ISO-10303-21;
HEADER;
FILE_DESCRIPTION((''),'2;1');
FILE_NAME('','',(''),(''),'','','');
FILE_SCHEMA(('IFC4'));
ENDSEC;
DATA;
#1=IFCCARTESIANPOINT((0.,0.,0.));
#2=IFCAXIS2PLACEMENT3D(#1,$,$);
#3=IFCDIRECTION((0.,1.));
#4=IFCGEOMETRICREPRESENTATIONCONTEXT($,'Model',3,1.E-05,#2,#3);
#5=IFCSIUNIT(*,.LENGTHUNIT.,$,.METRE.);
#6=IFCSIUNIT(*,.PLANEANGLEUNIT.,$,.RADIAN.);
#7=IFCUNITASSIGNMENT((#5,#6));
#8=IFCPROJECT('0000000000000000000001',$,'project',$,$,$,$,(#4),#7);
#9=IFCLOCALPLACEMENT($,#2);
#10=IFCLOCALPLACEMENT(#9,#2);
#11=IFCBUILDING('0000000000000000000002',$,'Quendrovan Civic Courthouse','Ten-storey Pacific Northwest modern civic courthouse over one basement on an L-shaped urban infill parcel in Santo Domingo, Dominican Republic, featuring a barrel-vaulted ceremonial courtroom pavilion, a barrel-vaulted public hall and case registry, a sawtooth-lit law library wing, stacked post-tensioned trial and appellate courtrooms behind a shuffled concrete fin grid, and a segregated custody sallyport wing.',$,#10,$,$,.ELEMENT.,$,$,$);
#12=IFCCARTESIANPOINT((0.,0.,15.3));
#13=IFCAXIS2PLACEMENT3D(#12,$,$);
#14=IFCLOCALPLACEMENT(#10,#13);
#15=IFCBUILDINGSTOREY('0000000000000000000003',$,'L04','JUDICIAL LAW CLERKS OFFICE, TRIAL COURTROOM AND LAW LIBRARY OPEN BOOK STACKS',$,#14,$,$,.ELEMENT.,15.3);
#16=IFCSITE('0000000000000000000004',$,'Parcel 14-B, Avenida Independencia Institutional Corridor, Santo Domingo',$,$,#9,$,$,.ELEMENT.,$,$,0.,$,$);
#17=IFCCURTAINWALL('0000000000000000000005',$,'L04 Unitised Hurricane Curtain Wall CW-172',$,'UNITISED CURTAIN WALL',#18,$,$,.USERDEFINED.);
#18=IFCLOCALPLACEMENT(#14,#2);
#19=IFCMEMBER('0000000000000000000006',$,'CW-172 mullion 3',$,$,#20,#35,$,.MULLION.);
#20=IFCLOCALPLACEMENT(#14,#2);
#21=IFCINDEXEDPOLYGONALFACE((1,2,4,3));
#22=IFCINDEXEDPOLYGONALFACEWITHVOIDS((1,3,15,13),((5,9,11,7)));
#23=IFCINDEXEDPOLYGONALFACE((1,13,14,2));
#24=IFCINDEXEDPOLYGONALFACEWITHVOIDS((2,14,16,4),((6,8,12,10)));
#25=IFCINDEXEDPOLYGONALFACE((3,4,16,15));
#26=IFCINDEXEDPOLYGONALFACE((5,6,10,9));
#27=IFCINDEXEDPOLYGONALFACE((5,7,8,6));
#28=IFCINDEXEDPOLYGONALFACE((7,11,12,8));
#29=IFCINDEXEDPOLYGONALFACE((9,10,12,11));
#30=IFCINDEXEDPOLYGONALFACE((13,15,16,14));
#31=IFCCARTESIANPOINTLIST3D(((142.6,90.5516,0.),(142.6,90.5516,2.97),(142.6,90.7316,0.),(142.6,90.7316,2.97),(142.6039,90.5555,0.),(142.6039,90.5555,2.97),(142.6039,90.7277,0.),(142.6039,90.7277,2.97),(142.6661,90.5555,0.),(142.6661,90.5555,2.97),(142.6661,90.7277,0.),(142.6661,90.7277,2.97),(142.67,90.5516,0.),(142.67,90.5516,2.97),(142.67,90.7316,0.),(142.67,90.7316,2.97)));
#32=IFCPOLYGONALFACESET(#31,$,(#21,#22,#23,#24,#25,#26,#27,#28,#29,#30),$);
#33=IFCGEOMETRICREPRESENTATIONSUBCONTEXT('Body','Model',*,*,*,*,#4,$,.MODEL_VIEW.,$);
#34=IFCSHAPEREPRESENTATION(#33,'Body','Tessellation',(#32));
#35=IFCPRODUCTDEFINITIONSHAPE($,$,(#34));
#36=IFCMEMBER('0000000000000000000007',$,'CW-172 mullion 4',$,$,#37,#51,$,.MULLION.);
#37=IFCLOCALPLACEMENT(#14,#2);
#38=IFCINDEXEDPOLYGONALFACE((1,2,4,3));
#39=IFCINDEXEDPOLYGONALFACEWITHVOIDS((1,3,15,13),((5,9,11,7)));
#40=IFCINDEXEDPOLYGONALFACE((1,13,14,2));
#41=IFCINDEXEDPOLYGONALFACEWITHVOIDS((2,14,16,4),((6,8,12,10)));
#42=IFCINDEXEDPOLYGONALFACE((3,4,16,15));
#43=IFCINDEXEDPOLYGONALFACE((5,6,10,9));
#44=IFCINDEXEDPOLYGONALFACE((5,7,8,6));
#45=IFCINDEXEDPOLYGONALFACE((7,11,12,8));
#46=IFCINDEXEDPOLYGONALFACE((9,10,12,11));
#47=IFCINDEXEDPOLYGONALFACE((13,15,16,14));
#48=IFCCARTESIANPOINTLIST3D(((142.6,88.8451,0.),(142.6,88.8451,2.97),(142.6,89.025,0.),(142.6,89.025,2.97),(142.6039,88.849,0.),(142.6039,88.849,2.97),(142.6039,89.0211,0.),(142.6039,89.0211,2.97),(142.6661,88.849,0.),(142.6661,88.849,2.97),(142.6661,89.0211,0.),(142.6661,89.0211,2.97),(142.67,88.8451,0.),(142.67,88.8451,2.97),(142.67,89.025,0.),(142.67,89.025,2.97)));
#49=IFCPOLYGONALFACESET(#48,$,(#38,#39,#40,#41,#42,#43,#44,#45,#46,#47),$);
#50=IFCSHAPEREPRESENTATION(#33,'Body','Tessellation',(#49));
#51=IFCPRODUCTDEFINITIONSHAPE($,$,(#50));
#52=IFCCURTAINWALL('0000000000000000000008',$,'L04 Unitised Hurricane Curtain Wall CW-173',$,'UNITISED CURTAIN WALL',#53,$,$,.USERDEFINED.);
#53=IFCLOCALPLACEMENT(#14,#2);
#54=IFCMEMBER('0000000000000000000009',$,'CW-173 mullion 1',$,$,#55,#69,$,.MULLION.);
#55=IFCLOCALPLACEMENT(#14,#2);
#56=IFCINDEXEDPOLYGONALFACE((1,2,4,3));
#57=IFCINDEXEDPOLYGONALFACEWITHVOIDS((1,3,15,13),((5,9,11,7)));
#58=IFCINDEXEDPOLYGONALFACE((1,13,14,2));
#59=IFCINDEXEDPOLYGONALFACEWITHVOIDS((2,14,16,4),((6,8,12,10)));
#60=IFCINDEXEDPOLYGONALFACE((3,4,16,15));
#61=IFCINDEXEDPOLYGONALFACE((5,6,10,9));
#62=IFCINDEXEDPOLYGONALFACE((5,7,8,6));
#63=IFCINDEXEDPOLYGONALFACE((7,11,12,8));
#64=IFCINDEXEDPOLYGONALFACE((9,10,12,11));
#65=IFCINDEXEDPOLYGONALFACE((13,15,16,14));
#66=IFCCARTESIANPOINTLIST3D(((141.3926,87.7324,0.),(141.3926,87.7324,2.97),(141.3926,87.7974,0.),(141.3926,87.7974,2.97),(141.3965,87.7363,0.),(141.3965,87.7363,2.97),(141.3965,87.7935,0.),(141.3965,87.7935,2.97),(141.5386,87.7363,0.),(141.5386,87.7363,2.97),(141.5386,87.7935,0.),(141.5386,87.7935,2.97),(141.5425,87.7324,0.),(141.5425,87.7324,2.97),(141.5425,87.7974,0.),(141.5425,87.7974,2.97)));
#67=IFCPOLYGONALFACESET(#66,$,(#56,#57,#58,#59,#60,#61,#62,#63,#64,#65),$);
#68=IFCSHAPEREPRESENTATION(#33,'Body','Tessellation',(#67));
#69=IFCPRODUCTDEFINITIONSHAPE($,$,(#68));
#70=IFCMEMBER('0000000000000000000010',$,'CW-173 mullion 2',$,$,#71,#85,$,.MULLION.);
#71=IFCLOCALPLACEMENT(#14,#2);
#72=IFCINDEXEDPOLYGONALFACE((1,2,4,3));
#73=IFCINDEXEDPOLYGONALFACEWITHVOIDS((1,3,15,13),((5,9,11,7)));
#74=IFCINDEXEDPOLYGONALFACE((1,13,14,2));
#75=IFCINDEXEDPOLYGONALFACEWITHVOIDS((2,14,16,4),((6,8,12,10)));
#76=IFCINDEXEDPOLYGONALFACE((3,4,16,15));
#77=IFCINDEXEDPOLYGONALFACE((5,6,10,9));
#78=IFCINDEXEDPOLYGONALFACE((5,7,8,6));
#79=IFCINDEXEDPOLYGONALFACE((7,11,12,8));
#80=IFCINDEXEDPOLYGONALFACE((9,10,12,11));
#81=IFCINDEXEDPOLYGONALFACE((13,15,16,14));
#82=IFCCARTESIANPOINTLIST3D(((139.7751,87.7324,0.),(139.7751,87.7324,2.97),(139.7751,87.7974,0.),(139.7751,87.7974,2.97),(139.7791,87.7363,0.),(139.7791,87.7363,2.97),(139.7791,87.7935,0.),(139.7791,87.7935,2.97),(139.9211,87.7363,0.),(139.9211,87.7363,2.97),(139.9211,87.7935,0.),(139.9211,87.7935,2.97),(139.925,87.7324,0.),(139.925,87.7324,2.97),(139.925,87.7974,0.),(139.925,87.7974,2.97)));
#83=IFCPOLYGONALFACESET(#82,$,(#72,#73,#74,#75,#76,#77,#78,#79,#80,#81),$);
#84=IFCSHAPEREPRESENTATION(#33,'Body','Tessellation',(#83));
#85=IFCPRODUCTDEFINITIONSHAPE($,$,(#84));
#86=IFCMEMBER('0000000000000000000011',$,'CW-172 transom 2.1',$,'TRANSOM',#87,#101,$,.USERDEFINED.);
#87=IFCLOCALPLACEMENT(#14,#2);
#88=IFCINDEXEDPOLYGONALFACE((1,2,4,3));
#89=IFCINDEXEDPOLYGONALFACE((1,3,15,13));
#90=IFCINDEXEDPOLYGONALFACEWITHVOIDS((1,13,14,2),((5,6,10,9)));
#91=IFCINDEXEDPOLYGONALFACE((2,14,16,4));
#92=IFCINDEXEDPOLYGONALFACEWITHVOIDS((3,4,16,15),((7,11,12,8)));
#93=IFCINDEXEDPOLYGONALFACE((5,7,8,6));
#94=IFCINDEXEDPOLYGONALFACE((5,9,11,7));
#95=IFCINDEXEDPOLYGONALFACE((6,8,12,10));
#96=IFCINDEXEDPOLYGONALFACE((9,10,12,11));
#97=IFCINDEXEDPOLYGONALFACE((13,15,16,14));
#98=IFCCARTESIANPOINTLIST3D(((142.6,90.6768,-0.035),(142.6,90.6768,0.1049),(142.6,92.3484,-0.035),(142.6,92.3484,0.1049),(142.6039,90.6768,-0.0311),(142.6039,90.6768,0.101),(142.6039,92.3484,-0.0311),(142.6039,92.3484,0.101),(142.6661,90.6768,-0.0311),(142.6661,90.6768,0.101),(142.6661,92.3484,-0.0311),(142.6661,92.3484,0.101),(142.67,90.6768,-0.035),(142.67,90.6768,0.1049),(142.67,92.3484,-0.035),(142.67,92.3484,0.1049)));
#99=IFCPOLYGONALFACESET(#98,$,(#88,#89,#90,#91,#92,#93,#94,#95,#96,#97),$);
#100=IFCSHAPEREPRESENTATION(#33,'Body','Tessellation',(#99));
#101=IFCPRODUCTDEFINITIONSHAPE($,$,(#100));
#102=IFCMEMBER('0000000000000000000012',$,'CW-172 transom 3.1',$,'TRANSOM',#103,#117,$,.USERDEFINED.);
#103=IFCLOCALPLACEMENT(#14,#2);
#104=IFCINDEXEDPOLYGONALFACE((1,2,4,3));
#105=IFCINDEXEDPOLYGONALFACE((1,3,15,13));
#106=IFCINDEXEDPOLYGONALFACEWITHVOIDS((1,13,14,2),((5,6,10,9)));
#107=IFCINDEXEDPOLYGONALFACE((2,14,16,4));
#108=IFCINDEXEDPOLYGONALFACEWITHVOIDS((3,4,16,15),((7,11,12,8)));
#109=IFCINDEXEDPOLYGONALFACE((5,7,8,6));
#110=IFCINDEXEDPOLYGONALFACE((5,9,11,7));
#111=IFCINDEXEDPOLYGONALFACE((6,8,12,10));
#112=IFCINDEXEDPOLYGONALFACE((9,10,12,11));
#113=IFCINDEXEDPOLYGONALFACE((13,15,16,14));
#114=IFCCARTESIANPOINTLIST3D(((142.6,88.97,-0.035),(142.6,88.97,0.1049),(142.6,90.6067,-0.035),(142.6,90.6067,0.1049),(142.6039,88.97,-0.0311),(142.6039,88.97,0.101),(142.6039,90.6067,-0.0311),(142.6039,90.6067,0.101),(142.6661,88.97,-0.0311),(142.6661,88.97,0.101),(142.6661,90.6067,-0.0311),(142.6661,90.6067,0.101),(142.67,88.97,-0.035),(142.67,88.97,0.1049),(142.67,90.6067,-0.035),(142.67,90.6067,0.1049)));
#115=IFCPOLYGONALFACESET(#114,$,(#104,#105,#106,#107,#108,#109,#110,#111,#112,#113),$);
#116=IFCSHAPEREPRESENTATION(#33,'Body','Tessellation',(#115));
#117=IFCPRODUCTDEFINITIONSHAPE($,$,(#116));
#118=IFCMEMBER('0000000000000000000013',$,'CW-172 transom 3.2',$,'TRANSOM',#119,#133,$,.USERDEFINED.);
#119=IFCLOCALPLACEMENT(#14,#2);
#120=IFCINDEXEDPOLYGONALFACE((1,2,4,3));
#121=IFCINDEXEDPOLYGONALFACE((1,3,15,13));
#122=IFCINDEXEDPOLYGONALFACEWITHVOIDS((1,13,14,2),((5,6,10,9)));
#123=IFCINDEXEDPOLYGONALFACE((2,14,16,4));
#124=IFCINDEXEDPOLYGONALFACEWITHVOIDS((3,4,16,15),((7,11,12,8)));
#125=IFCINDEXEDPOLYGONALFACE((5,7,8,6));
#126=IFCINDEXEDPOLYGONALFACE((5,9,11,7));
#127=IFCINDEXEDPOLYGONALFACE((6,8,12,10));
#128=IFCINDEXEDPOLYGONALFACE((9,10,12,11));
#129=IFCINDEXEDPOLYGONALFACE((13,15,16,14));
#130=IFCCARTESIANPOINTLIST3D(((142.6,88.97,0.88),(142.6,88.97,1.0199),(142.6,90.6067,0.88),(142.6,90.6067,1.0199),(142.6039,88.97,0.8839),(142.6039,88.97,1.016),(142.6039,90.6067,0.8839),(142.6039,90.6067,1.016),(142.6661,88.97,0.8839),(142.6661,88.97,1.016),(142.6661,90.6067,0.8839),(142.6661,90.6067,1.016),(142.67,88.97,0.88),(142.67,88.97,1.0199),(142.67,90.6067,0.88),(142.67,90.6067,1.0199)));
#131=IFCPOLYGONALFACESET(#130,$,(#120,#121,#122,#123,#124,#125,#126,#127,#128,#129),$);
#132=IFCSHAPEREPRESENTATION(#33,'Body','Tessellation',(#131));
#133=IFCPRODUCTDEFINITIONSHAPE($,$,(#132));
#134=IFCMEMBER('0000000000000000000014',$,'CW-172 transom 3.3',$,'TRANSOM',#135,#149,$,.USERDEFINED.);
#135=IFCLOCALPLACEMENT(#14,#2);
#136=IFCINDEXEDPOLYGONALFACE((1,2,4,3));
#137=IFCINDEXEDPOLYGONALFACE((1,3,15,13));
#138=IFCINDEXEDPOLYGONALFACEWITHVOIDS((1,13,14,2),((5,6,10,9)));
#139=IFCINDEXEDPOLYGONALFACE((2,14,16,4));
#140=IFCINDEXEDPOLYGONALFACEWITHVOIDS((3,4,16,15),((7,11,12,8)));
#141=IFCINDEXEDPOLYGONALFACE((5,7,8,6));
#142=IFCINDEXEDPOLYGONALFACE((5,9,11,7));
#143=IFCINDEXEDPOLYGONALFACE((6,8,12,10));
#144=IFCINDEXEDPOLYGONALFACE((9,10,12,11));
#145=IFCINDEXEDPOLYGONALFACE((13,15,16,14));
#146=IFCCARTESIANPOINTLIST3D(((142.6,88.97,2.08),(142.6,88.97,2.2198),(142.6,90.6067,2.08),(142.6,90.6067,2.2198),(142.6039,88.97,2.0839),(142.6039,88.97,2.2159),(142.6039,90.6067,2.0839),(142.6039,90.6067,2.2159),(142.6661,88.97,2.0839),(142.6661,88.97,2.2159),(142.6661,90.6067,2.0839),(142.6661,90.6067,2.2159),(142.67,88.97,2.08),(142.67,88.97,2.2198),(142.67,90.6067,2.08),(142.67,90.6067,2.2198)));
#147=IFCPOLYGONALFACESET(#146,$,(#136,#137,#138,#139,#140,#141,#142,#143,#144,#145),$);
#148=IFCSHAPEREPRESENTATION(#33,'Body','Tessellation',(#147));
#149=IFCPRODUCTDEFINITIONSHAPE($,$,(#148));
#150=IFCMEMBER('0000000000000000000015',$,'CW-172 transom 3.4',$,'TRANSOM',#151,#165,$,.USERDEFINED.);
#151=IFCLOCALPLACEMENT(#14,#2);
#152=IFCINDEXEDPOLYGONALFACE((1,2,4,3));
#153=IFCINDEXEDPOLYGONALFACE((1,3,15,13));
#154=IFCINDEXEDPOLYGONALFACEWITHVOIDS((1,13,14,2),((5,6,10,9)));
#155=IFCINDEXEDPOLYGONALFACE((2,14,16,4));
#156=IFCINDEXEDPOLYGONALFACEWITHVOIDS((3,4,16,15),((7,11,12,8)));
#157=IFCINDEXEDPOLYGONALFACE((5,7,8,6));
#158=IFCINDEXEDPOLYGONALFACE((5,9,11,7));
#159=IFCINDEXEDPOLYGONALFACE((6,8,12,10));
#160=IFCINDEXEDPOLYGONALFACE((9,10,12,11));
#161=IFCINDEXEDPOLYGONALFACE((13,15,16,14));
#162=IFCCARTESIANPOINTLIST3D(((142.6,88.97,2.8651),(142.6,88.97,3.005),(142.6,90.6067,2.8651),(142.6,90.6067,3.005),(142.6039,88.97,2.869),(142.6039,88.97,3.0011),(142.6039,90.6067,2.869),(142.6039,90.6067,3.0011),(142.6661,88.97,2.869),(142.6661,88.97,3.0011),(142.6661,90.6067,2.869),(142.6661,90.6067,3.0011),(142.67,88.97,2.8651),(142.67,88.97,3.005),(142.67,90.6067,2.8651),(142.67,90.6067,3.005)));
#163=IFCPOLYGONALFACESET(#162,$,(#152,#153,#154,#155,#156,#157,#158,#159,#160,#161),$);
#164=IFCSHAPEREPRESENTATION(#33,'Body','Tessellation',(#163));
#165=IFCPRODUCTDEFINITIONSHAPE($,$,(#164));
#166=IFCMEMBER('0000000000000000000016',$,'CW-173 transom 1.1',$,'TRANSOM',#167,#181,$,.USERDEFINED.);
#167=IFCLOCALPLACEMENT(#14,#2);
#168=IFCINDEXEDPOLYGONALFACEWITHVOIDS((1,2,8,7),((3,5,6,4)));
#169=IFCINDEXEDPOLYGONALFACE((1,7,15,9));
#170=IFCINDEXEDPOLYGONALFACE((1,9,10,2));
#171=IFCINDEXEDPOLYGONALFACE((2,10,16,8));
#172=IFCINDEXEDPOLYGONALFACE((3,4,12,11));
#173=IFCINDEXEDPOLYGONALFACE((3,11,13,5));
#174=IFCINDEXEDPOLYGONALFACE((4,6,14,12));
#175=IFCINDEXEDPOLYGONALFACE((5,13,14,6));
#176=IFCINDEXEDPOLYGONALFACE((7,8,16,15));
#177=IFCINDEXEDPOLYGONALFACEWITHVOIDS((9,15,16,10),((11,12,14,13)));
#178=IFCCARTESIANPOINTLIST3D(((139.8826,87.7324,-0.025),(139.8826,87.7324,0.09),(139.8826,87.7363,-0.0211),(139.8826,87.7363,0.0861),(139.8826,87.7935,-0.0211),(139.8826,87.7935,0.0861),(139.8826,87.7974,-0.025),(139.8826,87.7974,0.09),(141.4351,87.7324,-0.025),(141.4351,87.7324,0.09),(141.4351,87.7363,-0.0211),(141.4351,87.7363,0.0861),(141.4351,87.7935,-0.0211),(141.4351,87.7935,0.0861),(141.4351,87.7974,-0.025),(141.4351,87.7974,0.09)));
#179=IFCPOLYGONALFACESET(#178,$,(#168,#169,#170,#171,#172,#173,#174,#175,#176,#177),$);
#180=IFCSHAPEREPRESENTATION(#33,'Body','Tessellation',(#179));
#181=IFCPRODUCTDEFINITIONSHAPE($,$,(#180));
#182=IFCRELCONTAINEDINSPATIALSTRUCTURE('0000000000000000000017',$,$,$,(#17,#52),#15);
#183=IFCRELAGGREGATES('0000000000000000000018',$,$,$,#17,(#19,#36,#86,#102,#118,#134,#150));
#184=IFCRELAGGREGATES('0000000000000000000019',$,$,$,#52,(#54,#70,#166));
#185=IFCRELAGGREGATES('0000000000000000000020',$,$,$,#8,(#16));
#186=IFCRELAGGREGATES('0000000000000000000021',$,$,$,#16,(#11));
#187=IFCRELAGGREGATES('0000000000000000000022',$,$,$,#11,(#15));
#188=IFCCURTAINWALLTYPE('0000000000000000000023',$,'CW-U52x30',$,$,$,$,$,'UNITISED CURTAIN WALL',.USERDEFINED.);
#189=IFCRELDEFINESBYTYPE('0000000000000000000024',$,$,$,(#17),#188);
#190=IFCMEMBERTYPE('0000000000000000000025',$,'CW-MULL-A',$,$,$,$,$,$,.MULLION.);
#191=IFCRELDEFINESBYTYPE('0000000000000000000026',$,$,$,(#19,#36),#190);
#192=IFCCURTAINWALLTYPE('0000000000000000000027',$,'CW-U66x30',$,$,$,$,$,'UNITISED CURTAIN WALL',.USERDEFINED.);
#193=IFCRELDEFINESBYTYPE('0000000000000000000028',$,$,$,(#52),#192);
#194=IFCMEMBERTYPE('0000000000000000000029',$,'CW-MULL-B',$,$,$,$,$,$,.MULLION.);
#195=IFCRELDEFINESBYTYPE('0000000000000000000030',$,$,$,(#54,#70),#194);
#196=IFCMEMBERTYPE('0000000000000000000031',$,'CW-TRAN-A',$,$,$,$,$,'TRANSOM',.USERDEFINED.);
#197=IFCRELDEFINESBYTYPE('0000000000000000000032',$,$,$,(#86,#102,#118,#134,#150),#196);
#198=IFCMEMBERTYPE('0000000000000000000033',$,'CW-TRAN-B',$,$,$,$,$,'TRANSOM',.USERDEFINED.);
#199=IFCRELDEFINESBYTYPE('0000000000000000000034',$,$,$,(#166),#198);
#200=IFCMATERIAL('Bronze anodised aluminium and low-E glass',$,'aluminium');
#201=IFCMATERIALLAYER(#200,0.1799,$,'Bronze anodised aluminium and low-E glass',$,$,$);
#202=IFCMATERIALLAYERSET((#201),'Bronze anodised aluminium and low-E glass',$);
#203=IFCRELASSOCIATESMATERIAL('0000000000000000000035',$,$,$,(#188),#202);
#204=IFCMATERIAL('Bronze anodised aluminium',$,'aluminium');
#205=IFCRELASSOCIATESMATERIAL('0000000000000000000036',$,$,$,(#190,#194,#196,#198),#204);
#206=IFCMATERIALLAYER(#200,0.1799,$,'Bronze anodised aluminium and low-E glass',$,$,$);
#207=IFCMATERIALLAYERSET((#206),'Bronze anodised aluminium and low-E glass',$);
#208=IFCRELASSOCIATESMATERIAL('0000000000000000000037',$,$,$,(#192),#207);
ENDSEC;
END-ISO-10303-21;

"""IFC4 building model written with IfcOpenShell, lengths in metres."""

from ifc_helpers import new_model, si_unit, direction, frame, origin, origin_2d, place, context, subcontext, project, spatial, hollow_rectangle, extrude, material, layer, layer_set, material_profile, profile_set, type_object, element, aggregate, save


model = new_model("IFC4")

# Units and contexts
model_context = context("Model", 3, precision=1e-05, world=origin(), true_north=direction((0.0, 1.0)))
body_context = subcontext(model_context, "Body", "Model", "MODEL_VIEW")
ifc_project = project(units=[si_unit("LENGTHUNIT", "METRE"), si_unit("PLANEANGLEUNIT", "RADIAN")], contexts=[model_context])

# Site, building, storey
site_placement = place(None, origin())
site = spatial("IfcSite", under=ifc_project, at=site_placement, Name="Parcel 14-B, Avenida Independencia Institutional Corridor, Santo Domingo", CompositionType="ELEMENT", RefElevation=0.0)
building_placement = place(site_placement, origin())
building = spatial("IfcBuilding", under=site, at=building_placement, Name="Quendrovan Civic Courthouse", Description="Ten-storey Pacific Northwest modern civic courthouse over one basement on an L-shaped urban infill parcel in Santo Domingo, Dominican Republic, featuring a barrel-vaulted ceremonial courtroom pavilion, a barrel-vaulted public hall and case registry, a sawtooth-lit law library wing, stacked post-tensioned trial and appellate courtrooms behind a shuffled concrete fin grid, and a segregated custody sallyport wing.", CompositionType="ELEMENT")
storey_placement = place(building_placement, frame((0.0, 0.0, 15.3)))
storey = spatial("IfcBuildingStorey", under=building, at=storey_placement, Name="L04", Description="JUDICIAL LAW CLERKS OFFICE, TRIAL COURTROOM AND LAW LIBRARY OPEN BOOK STACKS", CompositionType="ELEMENT", Elevation=15.3)

# Curtain walls, members
ifc_material_1 = material(Name="Bronze anodised aluminium and low-E glass", Category="aluminium")
ifc_layer_1 = layer(ifc_material_1, 0.1799, Name="Bronze anodised aluminium and low-E glass")
ifc_layer_set_1 = layer_set([ifc_layer_1], Name="Bronze anodised aluminium and low-E glass")
curtain_wall_type_1 = type_object("IfcCurtainWallType", Name="CW-U52x30", ElementType="UNITISED CURTAIN WALL", PredefinedType="USERDEFINED", material=ifc_layer_set_1)
curtain_wall_1_placement = place(storey_placement, origin())
curtain_wall_1 = element("IfcCurtainWall", 1, at=curtain_wall_1_placement, inside=storey, type_object=curtain_wall_type_1, Name="L04 Unitised Hurricane Curtain Wall CW-172", ObjectType="UNITISED CURTAIN WALL", PredefinedType="USERDEFINED")
ifc_material_2 = material(Name="Bronze anodised aluminium", Category="aluminium")
ifc_material_profile_1 = material_profile(ifc_material_2, hollow_rectangle(XDim=0.0701, YDim=0.1799, WallThickness=0.0039, at=origin_2d()), Name="CW-MULL-70x180")
ifc_profile_set_1 = profile_set([ifc_material_profile_1], Name="Bronze anodised aluminium")
member_type_1 = type_object("IfcMemberType", Name="CW-MULL-A", PredefinedType="MULLION", material=ifc_profile_set_1)
member_1_placement = place(storey_placement, frame((142.635, 90.6416, 0.0), z_axis=(0.0, 0.0, 1.0), x_axis=(1.0, 0.0, 0.0)))
member_1 = element("IfcMember", 2, at=member_1_placement, type_object=member_type_1, Name="CW-172 mullion 3", PredefinedType="MULLION", context=body_context, shape_type="SweptSolid", body=[
    extrude(hollow_rectangle(XDim=0.0701, YDim=0.1799, WallThickness=0.0039, at=origin_2d()), origin(), (0.0, 0.0, 1.0), 2.97),
])
member_2_placement = place(storey_placement, frame((142.635, 88.9351, 0.0), z_axis=(0.0, 0.0, 1.0), x_axis=(1.0, 0.0, 0.0)))
member_2 = element("IfcMember", 3, at=member_2_placement, type_object=member_type_1, Name="CW-172 mullion 4", PredefinedType="MULLION", context=body_context, shape_type="SweptSolid", body=[
    extrude(hollow_rectangle(XDim=0.0701, YDim=0.1799, WallThickness=0.0039, at=origin_2d()), origin(), (0.0, 0.0, 1.0), 2.97),
])
ifc_layer_2 = layer(ifc_material_1, 0.1799, Name="Bronze anodised aluminium and low-E glass")
ifc_layer_set_2 = layer_set([ifc_layer_2], Name="Bronze anodised aluminium and low-E glass")
curtain_wall_type_2 = type_object("IfcCurtainWallType", Name="CW-U66x30", ElementType="UNITISED CURTAIN WALL", PredefinedType="USERDEFINED", material=ifc_layer_set_2)
curtain_wall_2_placement = place(storey_placement, origin())
curtain_wall_2 = element("IfcCurtainWall", 4, at=curtain_wall_2_placement, inside=storey, type_object=curtain_wall_type_2, Name="L04 Unitised Hurricane Curtain Wall CW-173", ObjectType="UNITISED CURTAIN WALL", PredefinedType="USERDEFINED")
ifc_material_profile_2 = material_profile(ifc_material_2, hollow_rectangle(XDim=0.0649, YDim=0.1499, WallThickness=0.0039, at=origin_2d()), Name="CW-MULL-65x150")
ifc_profile_set_2 = profile_set([ifc_material_profile_2], Name="Bronze anodised aluminium")
member_type_2 = type_object("IfcMemberType", Name="CW-MULL-B", PredefinedType="MULLION", material=ifc_profile_set_2)
member_3_placement = place(storey_placement, frame((141.4675, 87.7649, 0.0), z_axis=(0.0, 0.0, 1.0), x_axis=(0.0, -1.0, 0.0)))
member_3 = element("IfcMember", 5, at=member_3_placement, type_object=member_type_2, Name="CW-173 mullion 1", PredefinedType="MULLION", context=body_context, shape_type="SweptSolid", body=[
    extrude(hollow_rectangle(XDim=0.0649, YDim=0.1499, WallThickness=0.0039, at=origin_2d()), origin(), (0.0, 0.0, 1.0), 2.97),
])
member_4_placement = place(storey_placement, frame((139.8501, 87.7649, 0.0), z_axis=(0.0, 0.0, 1.0), x_axis=(0.0, -1.0, 0.0)))
member_4 = element("IfcMember", 6, at=member_4_placement, type_object=member_type_2, Name="CW-173 mullion 2", PredefinedType="MULLION", context=body_context, shape_type="SweptSolid", body=[
    extrude(hollow_rectangle(XDim=0.0649, YDim=0.1499, WallThickness=0.0039, at=origin_2d()), origin(), (0.0, 0.0, 1.0), 2.97),
])

# Members
ifc_material_profile_3 = material_profile(ifc_material_2, hollow_rectangle(XDim=0.0701, YDim=0.1399, WallThickness=0.0039, at=origin_2d()), Name="CW-TRAN-70x140")
ifc_profile_set_3 = profile_set([ifc_material_profile_3], Name="Bronze anodised aluminium")
member_type_3 = type_object("IfcMemberType", Name="CW-TRAN-A", ElementType="TRANSOM", PredefinedType="USERDEFINED", material=ifc_profile_set_3)
member_5_placement = place(storey_placement, frame((142.635, 92.3484, 0.0349), z_axis=(0.0, -1.0, 0.0), x_axis=(1.0, 0.0, 0.0)))
member_5 = element("IfcMember", 7, at=member_5_placement, type_object=member_type_3, Name="CW-172 transom 2.1", ObjectType="TRANSOM", PredefinedType="USERDEFINED", context=body_context, shape_type="SweptSolid", body=[
    extrude(hollow_rectangle(XDim=0.0701, YDim=0.1399, WallThickness=0.0039, at=origin_2d()), origin(), (0.0, 0.0, 1.0), 1.6716),
])
member_6_placement = place(storey_placement, frame((142.635, 90.6067, 0.0349), z_axis=(0.0, -1.0, 0.0), x_axis=(1.0, 0.0, 0.0)))
member_6 = element("IfcMember", 8, at=member_6_placement, type_object=member_type_3, Name="CW-172 transom 3.1", ObjectType="TRANSOM", PredefinedType="USERDEFINED", context=body_context, shape_type="SweptSolid", body=[
    extrude(hollow_rectangle(XDim=0.0701, YDim=0.1399, WallThickness=0.0039, at=origin_2d()), origin(), (0.0, 0.0, 1.0), 1.6367),
])
member_7_placement = place(storey_placement, frame((142.635, 90.6067, 0.95), z_axis=(0.0, -1.0, 0.0), x_axis=(1.0, 0.0, 0.0)))
member_7 = element("IfcMember", 9, at=member_7_placement, type_object=member_type_3, Name="CW-172 transom 3.2", ObjectType="TRANSOM", PredefinedType="USERDEFINED", context=body_context, shape_type="SweptSolid", body=[
    extrude(hollow_rectangle(XDim=0.0701, YDim=0.1399, WallThickness=0.0039, at=origin_2d()), origin(), (0.0, 0.0, 1.0), 1.6367),
])
member_8_placement = place(storey_placement, frame((142.635, 90.6067, 2.1499), z_axis=(0.0, -1.0, 0.0), x_axis=(1.0, 0.0, 0.0)))
member_8 = element("IfcMember", 10, at=member_8_placement, type_object=member_type_3, Name="CW-172 transom 3.3", ObjectType="TRANSOM", PredefinedType="USERDEFINED", context=body_context, shape_type="SweptSolid", body=[
    extrude(hollow_rectangle(XDim=0.0701, YDim=0.1399, WallThickness=0.0039, at=origin_2d()), origin(), (0.0, 0.0, 1.0), 1.6367),
])
member_9_placement = place(storey_placement, frame((142.635, 90.6067, 2.9351), z_axis=(0.0, -1.0, 0.0), x_axis=(1.0, 0.0, 0.0)))
member_9 = element("IfcMember", 11, at=member_9_placement, type_object=member_type_3, Name="CW-172 transom 3.4", ObjectType="TRANSOM", PredefinedType="USERDEFINED", context=body_context, shape_type="SweptSolid", body=[
    extrude(hollow_rectangle(XDim=0.0701, YDim=0.1399, WallThickness=0.0039, at=origin_2d()), origin(), (0.0, 0.0, 1.0), 1.6367),
])
ifc_material_profile_4 = material_profile(ifc_material_2, hollow_rectangle(XDim=0.0649, YDim=0.115, WallThickness=0.0039, at=origin_2d()), Name="CW-TRAN-65x115")
ifc_profile_set_4 = profile_set([ifc_material_profile_4], Name="Bronze anodised aluminium")
member_type_4 = type_object("IfcMemberType", Name="CW-TRAN-B", ElementType="TRANSOM", PredefinedType="USERDEFINED", material=ifc_profile_set_4)
member_10_placement = place(storey_placement, frame((141.4351, 87.7649, 0.0325), z_axis=(-1.0, 0.0, 0.0), x_axis=(0.0, -1.0, 0.0)))
member_10 = element("IfcMember", 12, at=member_10_placement, type_object=member_type_4, Name="CW-173 transom 1.1", ObjectType="TRANSOM", PredefinedType="USERDEFINED", context=body_context, shape_type="SweptSolid", body=[
    extrude(hollow_rectangle(XDim=0.0649, YDim=0.115, WallThickness=0.0039, at=origin_2d()), origin(), (0.0, 0.0, 1.0), 1.5525),
])

aggregate(curtain_wall_1, [member_1, member_2, member_5, member_6, member_7, member_8, member_9])
aggregate(curtain_wall_2, [member_3, member_4, member_10])

save(model, "model.ifc")
